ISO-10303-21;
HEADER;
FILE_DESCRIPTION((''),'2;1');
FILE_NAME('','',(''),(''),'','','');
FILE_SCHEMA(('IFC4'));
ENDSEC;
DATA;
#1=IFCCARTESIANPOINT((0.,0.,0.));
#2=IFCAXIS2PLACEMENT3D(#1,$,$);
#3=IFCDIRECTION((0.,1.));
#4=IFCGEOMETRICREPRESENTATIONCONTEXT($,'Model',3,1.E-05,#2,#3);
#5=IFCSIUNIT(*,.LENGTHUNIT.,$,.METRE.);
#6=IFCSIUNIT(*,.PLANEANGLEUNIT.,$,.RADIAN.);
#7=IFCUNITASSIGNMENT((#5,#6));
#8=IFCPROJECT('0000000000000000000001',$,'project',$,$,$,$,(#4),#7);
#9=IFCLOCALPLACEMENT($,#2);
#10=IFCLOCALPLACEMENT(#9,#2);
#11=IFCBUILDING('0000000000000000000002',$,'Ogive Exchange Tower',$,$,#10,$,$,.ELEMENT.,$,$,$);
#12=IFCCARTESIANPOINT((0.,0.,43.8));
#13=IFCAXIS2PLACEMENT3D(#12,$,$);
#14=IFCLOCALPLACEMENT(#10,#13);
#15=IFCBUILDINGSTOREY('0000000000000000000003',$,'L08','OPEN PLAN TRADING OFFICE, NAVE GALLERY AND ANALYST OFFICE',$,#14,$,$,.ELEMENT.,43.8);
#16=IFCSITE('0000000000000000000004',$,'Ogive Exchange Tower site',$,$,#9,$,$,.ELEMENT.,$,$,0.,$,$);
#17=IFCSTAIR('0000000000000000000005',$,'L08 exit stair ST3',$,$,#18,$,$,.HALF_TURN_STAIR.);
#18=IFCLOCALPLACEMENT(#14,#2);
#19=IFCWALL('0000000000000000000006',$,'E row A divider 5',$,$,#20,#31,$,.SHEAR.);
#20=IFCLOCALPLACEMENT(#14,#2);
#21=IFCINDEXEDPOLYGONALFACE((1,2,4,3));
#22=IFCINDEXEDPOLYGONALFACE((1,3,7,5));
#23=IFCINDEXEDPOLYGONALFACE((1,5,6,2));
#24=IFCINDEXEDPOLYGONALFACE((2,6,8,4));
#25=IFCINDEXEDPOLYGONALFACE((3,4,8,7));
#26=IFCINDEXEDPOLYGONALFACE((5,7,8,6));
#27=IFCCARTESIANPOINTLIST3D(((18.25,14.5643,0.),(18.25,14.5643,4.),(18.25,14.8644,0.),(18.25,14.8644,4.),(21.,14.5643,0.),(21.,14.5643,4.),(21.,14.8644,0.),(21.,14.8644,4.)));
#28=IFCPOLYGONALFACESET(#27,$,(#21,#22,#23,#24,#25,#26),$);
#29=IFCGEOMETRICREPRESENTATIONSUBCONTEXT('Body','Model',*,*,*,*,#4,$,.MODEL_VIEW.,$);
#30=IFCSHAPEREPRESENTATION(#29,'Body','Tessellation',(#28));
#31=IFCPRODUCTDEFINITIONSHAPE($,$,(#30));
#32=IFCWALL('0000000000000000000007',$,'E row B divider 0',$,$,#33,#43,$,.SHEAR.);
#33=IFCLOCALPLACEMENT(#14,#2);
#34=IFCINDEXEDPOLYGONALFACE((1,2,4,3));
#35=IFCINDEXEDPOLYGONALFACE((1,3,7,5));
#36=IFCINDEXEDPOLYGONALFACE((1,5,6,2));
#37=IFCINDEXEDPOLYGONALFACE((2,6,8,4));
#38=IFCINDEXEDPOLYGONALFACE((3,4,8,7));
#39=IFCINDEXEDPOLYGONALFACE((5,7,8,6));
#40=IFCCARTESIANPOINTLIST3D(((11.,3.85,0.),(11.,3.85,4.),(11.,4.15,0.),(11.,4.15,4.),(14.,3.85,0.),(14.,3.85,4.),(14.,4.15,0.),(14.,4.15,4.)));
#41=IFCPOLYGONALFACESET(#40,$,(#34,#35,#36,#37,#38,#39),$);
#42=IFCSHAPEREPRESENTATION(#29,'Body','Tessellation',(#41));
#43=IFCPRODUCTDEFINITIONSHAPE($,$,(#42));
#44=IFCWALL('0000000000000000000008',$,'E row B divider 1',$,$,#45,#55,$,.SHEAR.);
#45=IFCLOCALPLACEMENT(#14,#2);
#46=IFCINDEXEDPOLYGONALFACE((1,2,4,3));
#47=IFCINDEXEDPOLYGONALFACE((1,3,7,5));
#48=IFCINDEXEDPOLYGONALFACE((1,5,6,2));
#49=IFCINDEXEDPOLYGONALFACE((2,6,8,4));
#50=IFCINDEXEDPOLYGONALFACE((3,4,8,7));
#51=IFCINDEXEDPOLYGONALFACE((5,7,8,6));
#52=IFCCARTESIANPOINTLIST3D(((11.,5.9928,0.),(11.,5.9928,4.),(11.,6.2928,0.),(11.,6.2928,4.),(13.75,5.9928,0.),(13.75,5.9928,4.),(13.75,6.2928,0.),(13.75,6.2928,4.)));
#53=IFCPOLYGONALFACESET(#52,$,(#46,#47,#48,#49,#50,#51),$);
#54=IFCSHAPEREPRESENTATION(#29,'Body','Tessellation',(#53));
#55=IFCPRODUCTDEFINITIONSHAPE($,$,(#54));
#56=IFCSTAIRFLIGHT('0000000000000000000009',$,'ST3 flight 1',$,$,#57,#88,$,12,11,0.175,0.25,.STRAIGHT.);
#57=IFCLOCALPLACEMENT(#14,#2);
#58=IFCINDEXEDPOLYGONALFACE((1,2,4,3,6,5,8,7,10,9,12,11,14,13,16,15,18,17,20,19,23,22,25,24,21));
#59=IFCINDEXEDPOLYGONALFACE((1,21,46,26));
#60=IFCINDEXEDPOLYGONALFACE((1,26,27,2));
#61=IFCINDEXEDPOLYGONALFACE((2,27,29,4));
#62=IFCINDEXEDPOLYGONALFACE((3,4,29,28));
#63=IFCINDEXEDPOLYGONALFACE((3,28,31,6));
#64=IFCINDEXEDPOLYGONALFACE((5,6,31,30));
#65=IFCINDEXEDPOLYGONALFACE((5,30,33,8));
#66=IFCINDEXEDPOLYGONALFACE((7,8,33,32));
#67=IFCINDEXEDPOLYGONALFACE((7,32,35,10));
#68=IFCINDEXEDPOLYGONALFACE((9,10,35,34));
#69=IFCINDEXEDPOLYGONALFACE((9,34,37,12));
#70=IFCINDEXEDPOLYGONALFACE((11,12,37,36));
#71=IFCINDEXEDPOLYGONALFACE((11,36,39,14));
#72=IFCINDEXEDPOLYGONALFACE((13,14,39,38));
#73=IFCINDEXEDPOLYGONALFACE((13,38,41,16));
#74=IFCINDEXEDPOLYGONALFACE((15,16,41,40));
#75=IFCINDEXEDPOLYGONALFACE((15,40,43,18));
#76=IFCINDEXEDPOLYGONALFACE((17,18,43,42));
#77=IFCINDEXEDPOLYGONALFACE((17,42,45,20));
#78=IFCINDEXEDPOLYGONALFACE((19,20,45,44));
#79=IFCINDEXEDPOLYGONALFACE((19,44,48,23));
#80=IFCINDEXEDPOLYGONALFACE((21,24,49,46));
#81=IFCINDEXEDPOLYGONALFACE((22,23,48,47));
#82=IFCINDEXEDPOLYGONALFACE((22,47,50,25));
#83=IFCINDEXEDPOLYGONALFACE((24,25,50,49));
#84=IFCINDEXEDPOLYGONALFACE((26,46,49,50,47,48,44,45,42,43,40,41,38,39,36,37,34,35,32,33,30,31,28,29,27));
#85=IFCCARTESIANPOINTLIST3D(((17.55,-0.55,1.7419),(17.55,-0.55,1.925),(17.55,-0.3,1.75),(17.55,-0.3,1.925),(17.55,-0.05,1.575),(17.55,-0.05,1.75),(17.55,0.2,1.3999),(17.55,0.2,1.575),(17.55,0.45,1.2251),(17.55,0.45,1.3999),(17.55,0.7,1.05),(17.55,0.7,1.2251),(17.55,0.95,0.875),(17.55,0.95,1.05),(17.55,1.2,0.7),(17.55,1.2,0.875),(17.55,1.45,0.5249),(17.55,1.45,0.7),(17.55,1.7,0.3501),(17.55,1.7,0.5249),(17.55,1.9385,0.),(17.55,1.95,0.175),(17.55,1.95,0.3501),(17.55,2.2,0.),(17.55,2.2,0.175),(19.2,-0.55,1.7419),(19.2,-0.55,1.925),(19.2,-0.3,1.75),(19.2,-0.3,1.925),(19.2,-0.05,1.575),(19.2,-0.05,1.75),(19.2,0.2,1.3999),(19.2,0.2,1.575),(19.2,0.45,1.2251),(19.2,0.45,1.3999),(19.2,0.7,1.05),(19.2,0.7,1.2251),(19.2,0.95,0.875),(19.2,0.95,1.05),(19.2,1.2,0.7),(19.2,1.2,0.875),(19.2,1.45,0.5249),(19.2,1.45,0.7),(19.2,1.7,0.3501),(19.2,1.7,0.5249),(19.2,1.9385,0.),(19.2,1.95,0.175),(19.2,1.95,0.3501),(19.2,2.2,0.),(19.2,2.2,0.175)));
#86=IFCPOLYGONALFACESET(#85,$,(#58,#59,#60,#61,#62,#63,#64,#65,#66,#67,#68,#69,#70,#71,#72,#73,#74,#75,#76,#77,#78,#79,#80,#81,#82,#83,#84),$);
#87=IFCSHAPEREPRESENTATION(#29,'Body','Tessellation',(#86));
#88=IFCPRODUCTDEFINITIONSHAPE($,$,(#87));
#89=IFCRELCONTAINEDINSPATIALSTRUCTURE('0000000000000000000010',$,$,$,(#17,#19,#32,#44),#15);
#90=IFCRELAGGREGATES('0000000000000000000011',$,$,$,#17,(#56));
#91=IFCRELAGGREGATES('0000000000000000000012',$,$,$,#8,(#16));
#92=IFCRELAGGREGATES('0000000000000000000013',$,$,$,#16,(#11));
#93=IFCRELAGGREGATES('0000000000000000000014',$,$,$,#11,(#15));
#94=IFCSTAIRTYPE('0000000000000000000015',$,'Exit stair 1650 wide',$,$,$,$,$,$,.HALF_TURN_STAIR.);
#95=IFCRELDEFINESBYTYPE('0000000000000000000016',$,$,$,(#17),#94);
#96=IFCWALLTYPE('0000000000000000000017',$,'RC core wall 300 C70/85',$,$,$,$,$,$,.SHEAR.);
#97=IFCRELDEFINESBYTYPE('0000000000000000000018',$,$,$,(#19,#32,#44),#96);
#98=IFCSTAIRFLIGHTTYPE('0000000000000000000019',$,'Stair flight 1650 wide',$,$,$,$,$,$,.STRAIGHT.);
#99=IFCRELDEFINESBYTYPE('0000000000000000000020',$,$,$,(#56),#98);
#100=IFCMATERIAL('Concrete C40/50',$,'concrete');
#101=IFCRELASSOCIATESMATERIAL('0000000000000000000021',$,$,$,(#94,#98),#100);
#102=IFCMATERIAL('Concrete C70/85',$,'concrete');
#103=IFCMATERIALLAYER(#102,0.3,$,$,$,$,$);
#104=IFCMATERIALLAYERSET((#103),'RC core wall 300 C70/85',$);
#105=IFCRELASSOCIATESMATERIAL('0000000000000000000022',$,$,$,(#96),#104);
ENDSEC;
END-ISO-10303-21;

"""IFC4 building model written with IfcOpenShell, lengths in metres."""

from ifc_helpers import new_model, si_unit, direction, frame, frame_2d, origin, place, context, subcontext, project, spatial, polyline, rectangle, outline, extrude, material, layer, layer_set, type_object, element, aggregate, save


model = new_model("IFC4")

# Units and contexts
model_context = context("Model", 3, precision=1e-05, world=origin(), true_north=direction((0.0, 1.0)))
body_context = subcontext(model_context, "Body", "Model", "MODEL_VIEW")
ifc_project = project(units=[si_unit("LENGTHUNIT", "METRE"), si_unit("PLANEANGLEUNIT", "RADIAN")], contexts=[model_context])

# Site, building, storey
site_placement = place(None, origin())
site = spatial("IfcSite", under=ifc_project, at=site_placement, Name="Ogive Exchange Tower site", CompositionType="ELEMENT", RefElevation=0.0)
building_placement = place(site_placement, origin())
building = spatial("IfcBuilding", under=site, at=building_placement, Name="Ogive Exchange Tower", CompositionType="ELEMENT")
storey_placement = place(building_placement, frame((0.0, 0.0, 43.8)))
storey = spatial("IfcBuildingStorey", under=building, at=storey_placement, Name="L08", Description="OPEN PLAN TRADING OFFICE, NAVE GALLERY AND ANALYST OFFICE", CompositionType="ELEMENT", Elevation=43.8)

# Stair
ifc_material_1 = material(Name="Concrete C40/50", Category="concrete")
stair_type = type_object("IfcStairType", Name="Exit stair 1650 wide", PredefinedType="HALF_TURN_STAIR", material=ifc_material_1)
stair_1_placement = place(storey_placement, origin())
stair_1 = element("IfcStair", 1, at=stair_1_placement, inside=storey, type_object=stair_type, Name="L08 exit stair ST3", PredefinedType="HALF_TURN_STAIR")

# Shared definitions
ifc_material_2 = material(Name="Concrete C70/85", Category="concrete")

# Walls
ifc_layer_1 = layer(ifc_material_2, 0.3)
ifc_layer_set_1 = layer_set([ifc_layer_1], Name="RC core wall 300 C70/85")
wall_type_1 = type_object("IfcWallType", Name="RC core wall 300 C70/85", PredefinedType="SHEAR", material=ifc_layer_set_1)
for number, where, z_axis, x_axis, name in (
    (2, (18.25, 14.7144, 0.0), (0.0, 0.0, 1.0), (1.0, 0.0, 0.0), "E row A divider 5"),
):
    element("IfcWall", number, at=place(storey_placement, frame(where, z_axis=z_axis, x_axis=x_axis)), inside=storey, type_object=wall_type_1, Name=name, PredefinedType="SHEAR", context=body_context, shape_type="SweptSolid", body=[
        extrude(rectangle(XDim=2.75, YDim=0.3, at=frame_2d((1.375, 0.0))), origin(), (0.0, 0.0, 1.0), 4.0),
    ])
wall_1_placement = place(storey_placement, frame((11.0, 4.0, 0.0), z_axis=(0.0, 0.0, 1.0), x_axis=(1.0, 0.0, 0.0)))
element("IfcWall", 3, at=wall_1_placement, inside=storey, type_object=wall_type_1, Name="E row B divider 0", PredefinedType="SHEAR", context=body_context, shape_type="SweptSolid", body=[
    extrude(rectangle(XDim=3.0, YDim=0.3, at=frame_2d((1.5, 0.0))), origin(), (0.0, 0.0, 1.0), 4.0),
])
wall_2_placement = place(storey_placement, frame((11.0, 6.1428, 0.0), z_axis=(0.0, 0.0, 1.0), x_axis=(1.0, 0.0, 0.0)))
element("IfcWall", 4, at=wall_2_placement, inside=storey, type_object=wall_type_1, Name="E row B divider 1", PredefinedType="SHEAR", context=body_context, shape_type="SweptSolid", body=[
    extrude(rectangle(XDim=2.75, YDim=0.3, at=frame_2d((1.375, 0.0))), origin(), (0.0, 0.0, 1.0), 4.0),
])

# Stair flight
stair_flight_type = type_object("IfcStairFlightType", Name="Stair flight 1650 wide", PredefinedType="STRAIGHT", material=ifc_material_1)
stair_flight_placement = place(storey_placement, frame((18.375, 2.2, 0.0), z_axis=(0.0, 0.0, 1.0), x_axis=(0.0, -1.0, 0.0)))
stair_flight = element("IfcStairFlight", 5, at=stair_flight_placement, type_object=stair_flight_type, Name="ST3 flight 1", NumberOfRisers=12, NumberOfTreads=11, PredefinedType="STRAIGHT", RiserHeight=0.175, TreadLength=0.25, context=body_context, shape_type="SweptSolid", body=[
    extrude(outline(polyline([(0.0, 0.0), (0.0, 0.175), (0.25, 0.175), (0.25, 0.3501), (0.5, 0.3501), (0.5, 0.5249), (0.75, 0.5249), (0.75, 0.7), (1.0, 0.7), (1.0, 0.875), (1.25, 0.875), (1.25, 1.05), (1.5, 1.05), (1.5, 1.2251), (1.75, 1.2251), (1.75, 1.3999), (2.0, 1.3999), (2.0, 1.575), (2.25, 1.575), (2.25, 1.75), (2.5, 1.75), (2.5, 1.925), (2.75, 1.925), (2.75, 2.1001), (2.75, 1.7419), (0.2615, 0.0), (0.0, 0.0)])), frame((0.0, 0.825, 0.0), z_axis=(0.0, -1.0, 0.0), x_axis=(1.0, 0.0, 0.0)), (0.0, 0.0, 1.0), 1.6499),
])
aggregate(stair_1, [stair_flight])

save(model, "model.ifc")
